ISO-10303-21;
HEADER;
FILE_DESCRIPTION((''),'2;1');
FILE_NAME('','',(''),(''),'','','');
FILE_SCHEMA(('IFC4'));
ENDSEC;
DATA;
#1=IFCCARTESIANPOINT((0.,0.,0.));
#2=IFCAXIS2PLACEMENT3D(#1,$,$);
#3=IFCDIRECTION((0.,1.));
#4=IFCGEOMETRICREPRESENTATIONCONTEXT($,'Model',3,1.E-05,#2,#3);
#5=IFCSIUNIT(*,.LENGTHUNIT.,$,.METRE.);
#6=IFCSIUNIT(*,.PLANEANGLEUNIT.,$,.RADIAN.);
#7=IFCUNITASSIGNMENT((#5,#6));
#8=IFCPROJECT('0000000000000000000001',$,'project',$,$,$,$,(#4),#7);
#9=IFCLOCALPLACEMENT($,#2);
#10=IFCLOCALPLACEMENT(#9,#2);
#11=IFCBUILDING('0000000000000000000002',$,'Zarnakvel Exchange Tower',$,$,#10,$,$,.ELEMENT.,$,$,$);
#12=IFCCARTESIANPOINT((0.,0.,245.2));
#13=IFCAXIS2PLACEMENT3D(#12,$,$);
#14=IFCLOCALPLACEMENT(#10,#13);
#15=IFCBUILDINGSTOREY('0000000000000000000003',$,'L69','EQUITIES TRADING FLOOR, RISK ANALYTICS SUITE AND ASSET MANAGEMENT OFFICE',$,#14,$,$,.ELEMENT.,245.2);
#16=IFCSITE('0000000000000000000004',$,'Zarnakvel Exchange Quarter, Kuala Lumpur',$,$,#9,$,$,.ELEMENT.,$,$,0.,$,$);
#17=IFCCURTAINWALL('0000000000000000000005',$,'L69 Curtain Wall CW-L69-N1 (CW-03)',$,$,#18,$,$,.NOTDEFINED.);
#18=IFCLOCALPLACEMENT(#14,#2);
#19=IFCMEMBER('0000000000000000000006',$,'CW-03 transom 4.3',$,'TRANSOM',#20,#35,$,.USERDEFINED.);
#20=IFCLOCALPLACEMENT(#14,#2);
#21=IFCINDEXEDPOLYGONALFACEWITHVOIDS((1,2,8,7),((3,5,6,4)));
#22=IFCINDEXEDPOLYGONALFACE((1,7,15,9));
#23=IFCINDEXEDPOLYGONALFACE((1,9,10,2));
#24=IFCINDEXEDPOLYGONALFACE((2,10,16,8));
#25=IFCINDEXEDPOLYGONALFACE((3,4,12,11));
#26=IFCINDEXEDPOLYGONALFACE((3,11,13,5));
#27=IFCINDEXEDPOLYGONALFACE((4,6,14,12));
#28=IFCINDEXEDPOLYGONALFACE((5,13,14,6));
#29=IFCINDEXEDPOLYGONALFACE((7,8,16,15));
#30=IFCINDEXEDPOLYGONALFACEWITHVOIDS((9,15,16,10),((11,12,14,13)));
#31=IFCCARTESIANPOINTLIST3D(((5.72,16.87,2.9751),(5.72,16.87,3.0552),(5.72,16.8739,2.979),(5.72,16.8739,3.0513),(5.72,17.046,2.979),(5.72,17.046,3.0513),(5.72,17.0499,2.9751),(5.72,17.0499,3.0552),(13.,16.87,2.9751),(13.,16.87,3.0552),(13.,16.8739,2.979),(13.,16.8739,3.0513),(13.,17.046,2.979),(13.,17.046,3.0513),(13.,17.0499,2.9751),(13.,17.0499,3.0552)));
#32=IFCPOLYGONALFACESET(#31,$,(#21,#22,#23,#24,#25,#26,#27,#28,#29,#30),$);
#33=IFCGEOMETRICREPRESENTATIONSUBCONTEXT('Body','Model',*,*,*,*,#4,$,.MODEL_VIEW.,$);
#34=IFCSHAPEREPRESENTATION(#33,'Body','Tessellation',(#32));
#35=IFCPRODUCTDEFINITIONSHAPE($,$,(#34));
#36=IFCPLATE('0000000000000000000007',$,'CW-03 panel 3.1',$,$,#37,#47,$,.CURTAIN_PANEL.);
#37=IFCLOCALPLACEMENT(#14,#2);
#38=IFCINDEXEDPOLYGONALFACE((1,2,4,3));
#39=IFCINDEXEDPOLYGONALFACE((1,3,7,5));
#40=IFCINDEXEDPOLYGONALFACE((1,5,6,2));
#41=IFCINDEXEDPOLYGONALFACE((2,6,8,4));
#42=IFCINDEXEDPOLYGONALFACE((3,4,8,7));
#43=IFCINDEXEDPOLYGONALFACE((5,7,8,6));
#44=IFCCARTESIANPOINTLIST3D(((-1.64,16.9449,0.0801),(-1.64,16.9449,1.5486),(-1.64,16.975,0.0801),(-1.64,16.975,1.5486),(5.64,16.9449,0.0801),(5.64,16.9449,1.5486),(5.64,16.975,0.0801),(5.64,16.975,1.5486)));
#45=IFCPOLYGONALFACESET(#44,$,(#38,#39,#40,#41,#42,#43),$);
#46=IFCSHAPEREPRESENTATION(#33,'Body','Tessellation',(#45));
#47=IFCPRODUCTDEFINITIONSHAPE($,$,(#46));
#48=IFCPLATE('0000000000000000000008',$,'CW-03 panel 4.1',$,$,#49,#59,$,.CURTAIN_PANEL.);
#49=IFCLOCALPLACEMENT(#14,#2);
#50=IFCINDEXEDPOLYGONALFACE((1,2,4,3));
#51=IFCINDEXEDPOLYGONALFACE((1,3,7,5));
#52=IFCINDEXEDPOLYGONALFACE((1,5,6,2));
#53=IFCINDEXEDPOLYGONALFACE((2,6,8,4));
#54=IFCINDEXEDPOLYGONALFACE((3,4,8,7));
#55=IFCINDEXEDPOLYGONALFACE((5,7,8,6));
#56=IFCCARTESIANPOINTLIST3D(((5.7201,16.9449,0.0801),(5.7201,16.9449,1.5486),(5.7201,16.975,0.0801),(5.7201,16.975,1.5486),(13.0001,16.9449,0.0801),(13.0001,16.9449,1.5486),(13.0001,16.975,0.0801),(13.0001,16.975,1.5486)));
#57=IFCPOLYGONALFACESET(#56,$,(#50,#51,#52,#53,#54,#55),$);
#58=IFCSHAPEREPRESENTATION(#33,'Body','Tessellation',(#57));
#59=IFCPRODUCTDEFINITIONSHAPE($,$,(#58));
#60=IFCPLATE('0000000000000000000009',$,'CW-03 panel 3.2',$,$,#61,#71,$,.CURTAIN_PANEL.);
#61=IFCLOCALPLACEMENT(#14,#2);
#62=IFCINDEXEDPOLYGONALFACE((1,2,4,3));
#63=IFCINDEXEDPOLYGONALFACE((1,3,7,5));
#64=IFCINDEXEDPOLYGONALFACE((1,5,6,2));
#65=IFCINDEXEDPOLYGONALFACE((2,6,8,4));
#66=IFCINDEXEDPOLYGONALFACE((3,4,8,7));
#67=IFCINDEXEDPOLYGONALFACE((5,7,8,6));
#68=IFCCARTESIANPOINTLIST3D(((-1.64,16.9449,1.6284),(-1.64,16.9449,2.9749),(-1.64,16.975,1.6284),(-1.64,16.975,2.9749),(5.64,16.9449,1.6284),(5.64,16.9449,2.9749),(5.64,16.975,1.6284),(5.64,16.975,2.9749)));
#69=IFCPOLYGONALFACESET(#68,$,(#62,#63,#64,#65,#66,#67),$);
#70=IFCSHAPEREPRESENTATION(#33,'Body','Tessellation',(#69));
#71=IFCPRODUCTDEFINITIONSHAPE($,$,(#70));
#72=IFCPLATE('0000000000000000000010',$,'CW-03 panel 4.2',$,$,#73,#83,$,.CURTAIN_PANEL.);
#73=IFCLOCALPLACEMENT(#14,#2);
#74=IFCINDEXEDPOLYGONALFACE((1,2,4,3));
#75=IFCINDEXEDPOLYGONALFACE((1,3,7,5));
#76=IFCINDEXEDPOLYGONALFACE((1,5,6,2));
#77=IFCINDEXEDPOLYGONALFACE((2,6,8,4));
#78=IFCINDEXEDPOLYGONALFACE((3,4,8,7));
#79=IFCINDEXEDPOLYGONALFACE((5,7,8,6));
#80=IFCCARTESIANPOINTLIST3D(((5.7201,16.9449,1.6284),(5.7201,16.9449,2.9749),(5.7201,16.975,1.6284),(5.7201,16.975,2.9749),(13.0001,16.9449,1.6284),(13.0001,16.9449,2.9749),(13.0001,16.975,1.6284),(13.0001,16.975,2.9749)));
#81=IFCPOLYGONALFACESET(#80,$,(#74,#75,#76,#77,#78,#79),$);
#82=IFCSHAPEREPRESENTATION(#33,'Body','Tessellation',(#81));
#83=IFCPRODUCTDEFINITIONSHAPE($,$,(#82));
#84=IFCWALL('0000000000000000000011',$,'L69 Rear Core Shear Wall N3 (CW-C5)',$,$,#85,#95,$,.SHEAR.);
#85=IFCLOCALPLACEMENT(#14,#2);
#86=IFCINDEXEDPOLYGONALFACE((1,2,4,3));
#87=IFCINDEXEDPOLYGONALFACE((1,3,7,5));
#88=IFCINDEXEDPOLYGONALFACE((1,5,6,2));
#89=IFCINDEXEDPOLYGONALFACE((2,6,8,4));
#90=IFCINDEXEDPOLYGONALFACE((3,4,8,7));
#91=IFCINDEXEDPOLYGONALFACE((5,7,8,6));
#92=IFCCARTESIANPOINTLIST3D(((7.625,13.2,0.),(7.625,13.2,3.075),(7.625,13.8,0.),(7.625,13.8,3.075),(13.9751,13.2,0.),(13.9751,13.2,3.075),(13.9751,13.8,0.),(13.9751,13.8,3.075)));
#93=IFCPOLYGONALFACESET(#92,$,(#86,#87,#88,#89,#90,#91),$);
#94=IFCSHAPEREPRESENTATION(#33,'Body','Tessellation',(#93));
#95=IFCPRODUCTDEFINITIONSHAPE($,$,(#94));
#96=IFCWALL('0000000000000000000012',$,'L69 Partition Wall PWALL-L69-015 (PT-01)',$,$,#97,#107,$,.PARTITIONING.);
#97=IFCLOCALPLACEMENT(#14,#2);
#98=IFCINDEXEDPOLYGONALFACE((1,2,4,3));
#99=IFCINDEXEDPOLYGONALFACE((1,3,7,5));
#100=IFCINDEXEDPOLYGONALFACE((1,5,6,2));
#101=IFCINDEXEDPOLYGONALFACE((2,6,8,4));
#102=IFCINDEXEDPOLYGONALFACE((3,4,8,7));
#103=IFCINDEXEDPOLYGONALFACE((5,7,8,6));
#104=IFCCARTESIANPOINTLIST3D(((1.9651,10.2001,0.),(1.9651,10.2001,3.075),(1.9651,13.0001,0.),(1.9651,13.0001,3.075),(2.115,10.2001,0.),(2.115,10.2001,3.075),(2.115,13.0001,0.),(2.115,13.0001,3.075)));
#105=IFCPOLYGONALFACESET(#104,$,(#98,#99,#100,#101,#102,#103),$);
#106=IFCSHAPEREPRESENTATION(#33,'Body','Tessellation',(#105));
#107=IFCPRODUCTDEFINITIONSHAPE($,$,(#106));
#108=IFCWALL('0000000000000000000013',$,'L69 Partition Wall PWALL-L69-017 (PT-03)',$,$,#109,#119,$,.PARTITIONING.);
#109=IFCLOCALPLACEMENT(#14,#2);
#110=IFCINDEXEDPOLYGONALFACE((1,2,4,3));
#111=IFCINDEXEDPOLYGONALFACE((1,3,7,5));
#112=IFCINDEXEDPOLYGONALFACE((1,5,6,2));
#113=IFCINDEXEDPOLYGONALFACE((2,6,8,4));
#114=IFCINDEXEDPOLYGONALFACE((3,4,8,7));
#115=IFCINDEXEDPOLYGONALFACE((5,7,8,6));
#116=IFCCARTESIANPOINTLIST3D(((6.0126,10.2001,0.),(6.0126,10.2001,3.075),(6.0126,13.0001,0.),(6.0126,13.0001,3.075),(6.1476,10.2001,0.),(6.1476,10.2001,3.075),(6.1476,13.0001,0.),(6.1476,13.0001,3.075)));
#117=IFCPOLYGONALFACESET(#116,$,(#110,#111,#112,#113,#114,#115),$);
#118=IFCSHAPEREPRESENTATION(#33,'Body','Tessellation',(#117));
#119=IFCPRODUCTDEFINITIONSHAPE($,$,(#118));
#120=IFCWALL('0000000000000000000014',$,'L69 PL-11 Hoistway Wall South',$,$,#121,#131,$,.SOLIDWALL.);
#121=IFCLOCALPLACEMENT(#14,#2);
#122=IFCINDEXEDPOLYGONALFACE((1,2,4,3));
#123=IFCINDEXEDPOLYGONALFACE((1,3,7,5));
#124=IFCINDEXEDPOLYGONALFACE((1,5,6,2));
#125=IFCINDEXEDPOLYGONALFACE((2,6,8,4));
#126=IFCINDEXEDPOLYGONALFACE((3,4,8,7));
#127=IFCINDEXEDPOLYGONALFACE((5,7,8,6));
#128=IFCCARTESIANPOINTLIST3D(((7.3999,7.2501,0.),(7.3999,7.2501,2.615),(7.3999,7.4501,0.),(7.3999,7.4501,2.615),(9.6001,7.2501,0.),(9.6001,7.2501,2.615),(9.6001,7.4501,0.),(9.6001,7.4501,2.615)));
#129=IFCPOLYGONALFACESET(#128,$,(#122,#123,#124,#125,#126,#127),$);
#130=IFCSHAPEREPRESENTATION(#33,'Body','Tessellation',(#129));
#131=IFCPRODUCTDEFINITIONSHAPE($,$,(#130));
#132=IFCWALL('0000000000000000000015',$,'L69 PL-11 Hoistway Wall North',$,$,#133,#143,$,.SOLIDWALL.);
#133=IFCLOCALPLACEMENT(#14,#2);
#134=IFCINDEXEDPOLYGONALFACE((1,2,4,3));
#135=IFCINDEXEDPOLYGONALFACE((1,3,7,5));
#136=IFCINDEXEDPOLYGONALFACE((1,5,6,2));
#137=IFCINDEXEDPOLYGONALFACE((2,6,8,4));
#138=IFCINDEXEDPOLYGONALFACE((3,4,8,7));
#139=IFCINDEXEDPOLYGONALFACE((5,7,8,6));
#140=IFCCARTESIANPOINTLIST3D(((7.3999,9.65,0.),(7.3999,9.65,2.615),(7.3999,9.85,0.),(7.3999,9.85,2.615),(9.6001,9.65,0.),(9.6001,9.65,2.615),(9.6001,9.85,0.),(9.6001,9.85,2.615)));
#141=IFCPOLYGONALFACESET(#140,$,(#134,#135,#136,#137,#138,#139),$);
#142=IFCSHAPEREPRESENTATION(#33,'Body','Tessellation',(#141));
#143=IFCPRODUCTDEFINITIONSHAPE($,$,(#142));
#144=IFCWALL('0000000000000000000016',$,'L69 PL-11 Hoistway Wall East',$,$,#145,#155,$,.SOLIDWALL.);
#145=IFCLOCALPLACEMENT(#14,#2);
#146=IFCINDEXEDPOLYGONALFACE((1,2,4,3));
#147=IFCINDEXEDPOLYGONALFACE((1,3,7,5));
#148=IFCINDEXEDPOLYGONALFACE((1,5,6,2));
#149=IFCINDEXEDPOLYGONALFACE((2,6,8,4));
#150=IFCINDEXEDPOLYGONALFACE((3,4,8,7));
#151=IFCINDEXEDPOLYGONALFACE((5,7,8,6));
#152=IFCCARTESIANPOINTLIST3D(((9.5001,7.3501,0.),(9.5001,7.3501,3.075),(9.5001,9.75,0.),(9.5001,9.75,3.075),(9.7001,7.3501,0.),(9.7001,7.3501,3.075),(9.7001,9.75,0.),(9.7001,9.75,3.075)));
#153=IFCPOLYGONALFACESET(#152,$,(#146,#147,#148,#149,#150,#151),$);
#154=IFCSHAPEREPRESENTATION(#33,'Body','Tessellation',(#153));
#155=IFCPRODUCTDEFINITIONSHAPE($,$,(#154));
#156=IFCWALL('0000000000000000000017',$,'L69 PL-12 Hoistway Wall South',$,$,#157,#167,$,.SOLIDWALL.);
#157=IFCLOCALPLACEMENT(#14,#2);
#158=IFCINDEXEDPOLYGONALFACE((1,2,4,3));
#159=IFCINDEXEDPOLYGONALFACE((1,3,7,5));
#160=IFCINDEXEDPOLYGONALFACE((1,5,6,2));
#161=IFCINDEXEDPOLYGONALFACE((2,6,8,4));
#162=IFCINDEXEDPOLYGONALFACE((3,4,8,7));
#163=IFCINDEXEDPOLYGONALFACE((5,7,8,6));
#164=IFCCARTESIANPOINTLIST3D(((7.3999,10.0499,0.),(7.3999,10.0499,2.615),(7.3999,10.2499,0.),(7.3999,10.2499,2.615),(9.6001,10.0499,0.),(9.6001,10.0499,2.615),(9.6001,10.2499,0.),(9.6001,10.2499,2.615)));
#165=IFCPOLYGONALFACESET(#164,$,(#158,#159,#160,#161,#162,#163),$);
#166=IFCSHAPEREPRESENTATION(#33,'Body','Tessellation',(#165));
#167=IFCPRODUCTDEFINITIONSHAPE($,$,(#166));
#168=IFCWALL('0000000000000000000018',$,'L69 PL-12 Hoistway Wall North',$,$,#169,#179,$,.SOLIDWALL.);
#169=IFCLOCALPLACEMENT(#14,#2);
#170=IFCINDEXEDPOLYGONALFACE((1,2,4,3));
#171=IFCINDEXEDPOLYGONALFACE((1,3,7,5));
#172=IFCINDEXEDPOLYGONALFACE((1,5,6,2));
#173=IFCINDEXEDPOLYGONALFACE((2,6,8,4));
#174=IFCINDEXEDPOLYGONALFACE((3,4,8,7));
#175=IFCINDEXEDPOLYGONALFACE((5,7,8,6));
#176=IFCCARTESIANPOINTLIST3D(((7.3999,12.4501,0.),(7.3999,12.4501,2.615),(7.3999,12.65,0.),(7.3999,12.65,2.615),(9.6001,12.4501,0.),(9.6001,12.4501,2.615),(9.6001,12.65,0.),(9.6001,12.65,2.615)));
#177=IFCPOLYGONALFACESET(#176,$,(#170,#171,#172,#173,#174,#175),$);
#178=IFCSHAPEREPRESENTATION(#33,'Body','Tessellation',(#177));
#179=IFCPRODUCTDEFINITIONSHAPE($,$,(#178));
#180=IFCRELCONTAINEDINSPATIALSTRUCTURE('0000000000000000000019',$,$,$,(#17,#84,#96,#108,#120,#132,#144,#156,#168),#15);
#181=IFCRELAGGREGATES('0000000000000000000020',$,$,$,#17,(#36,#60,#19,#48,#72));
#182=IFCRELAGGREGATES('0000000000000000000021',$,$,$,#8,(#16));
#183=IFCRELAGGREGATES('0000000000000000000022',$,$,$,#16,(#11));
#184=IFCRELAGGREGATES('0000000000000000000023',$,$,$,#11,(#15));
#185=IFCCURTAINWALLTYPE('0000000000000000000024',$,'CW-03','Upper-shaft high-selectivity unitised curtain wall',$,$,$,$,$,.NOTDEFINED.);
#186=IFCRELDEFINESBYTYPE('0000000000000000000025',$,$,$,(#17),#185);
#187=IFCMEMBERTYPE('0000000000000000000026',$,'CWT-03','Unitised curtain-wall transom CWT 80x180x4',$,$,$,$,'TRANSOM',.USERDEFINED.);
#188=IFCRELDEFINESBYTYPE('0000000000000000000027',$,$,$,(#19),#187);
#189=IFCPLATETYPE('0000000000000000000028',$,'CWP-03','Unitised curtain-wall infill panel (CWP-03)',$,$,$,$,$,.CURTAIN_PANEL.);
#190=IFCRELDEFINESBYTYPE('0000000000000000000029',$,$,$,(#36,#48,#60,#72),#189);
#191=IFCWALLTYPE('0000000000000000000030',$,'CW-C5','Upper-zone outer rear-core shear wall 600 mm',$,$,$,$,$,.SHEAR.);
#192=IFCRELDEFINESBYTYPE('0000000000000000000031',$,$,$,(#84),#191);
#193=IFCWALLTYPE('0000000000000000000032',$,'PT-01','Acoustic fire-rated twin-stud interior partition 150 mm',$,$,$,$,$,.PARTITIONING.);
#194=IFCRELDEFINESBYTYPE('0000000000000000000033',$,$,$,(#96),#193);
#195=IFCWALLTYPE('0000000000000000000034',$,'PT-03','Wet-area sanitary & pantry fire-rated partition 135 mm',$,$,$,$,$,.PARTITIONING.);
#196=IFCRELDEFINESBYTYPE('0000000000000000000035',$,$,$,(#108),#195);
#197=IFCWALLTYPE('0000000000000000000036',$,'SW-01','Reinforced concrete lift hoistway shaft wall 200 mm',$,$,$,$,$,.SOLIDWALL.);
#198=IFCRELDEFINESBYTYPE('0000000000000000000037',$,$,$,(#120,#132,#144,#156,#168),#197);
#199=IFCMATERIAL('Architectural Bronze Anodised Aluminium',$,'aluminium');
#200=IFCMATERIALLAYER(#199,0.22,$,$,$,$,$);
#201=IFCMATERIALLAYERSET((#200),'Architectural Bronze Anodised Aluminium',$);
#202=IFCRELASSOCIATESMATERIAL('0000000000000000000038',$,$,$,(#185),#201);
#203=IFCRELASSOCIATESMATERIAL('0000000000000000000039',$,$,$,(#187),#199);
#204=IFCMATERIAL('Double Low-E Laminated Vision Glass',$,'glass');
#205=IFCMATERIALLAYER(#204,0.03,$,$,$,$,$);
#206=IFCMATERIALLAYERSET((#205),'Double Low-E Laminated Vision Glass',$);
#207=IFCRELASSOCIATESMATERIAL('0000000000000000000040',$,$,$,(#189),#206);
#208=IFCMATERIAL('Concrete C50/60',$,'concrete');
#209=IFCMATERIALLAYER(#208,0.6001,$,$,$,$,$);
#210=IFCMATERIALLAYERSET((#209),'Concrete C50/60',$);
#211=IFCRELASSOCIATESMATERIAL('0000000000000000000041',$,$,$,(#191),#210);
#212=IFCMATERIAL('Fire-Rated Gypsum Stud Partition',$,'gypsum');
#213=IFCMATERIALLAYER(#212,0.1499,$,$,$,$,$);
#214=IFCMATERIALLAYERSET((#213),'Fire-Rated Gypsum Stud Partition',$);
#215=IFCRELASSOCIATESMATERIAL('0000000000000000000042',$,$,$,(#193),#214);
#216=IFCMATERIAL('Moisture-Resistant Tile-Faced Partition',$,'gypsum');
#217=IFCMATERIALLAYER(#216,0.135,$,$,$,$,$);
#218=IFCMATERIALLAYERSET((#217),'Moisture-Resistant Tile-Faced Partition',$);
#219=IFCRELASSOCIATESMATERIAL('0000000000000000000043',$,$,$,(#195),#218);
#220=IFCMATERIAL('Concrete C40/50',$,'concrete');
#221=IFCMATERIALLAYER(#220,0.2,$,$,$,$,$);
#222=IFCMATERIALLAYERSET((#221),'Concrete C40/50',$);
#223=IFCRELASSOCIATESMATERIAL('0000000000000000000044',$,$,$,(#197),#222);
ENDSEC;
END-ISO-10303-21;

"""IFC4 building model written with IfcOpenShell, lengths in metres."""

from ifc_helpers import new_model, si_unit, direction, frame, frame_2d, origin, origin_2d, place, context, subcontext, project, spatial, rectangle, hollow_rectangle, extrude, source, transform, mapped, material, layer, layer_set, material_profile, profile_set, type_object, element, aggregate, save


model = new_model("IFC4")

# Units and contexts
model_context = context("Model", 3, precision=1e-05, world=origin(), true_north=direction((0.0, 1.0)))
body_context = subcontext(model_context, "Body", "Model", "MODEL_VIEW")
ifc_project = project(units=[si_unit("LENGTHUNIT", "METRE"), si_unit("PLANEANGLEUNIT", "RADIAN")], contexts=[model_context])

# Site, building, storey
site_placement = place(None, origin())
site = spatial("IfcSite", under=ifc_project, at=site_placement, Name="Zarnakvel Exchange Quarter, Kuala Lumpur", CompositionType="ELEMENT", RefElevation=0.0)
building_placement = place(site_placement, origin())
building = spatial("IfcBuilding", under=site, at=building_placement, Name="Zarnakvel Exchange Tower", CompositionType="ELEMENT")
storey_placement = place(building_placement, frame((0.0, 0.0, 245.2)))
storey = spatial("IfcBuildingStorey", under=building, at=storey_placement, Name="L69", Description="EQUITIES TRADING FLOOR, RISK ANALYTICS SUITE AND ASSET MANAGEMENT OFFICE", CompositionType="ELEMENT", Elevation=245.2)

# Shared definitions
ifc_material_1 = material(Name="Concrete C50/60", Category="concrete")

# Curtain wall, member, plates
ifc_material_2 = material(Name="Architectural Bronze Anodised Aluminium", Category="aluminium")
ifc_layer_1 = layer(ifc_material_2, 0.22)
ifc_layer_set_1 = layer_set([ifc_layer_1], Name="Architectural Bronze Anodised Aluminium")
curtain_wall_type = type_object("IfcCurtainWallType", Name="CW-03", Description="Upper-shaft high-selectivity unitised curtain wall", PredefinedType="NOTDEFINED", material=ifc_layer_set_1)
curtain_wall_placement = place(storey_placement, origin())
curtain_wall = element("IfcCurtainWall", 1, at=curtain_wall_placement, inside=storey, type_object=curtain_wall_type, Name="L69 Curtain Wall CW-L69-N1 (CW-03)", PredefinedType="NOTDEFINED")
ifc_material_profile_1 = material_profile(ifc_material_2, hollow_rectangle(XDim=0.1799, YDim=0.0801, WallThickness=0.0039, at=origin_2d()))
ifc_profile_set_1 = profile_set([ifc_material_profile_1], Name="Architectural Bronze Anodised Aluminium")
member_type_1 = type_object("IfcMemberType", Name="CWT-03", Description="Unitised curtain-wall transom CWT 80x180x4", ElementType="TRANSOM", PredefinedType="USERDEFINED", material=ifc_profile_set_1)
shared_shape_1 = source(origin(), body_context, "Body", "SweptSolid", [
    extrude(hollow_rectangle(XDim=0.1799, YDim=0.0801, WallThickness=0.0039, at=origin_2d()), origin(), (0.0, 0.0, 1.0), 7.28),
])
member_1_placement = place(storey_placement, frame((5.72, 16.96, 3.0151), z_axis=(1.0, 0.0, 0.0), x_axis=(0.0, 1.0, 0.0)))
member_1 = element("IfcMember", 2, at=member_1_placement, type_object=member_type_1, Name="CW-03 transom 4.3", ObjectType="TRANSOM", PredefinedType="USERDEFINED", context=body_context, shape_type="MappedRepresentation", body=[
    mapped(shared_shape_1, transform((0.0, 0.0, 0.0), x_axis=(1.0, 0.0, 0.0), y_axis=(0.0, 1.0, 0.0), z_axis=(0.0, 0.0, 1.0), scale=1.0)),
])
ifc_material_3 = material(Name="Double Low-E Laminated Vision Glass", Category="glass")
ifc_layer_2 = layer(ifc_material_3, 0.03)
ifc_layer_set_2 = layer_set([ifc_layer_2], Name="Double Low-E Laminated Vision Glass")
plate_type = type_object("IfcPlateType", Name="CWP-03", Description="Unitised curtain-wall infill panel (CWP-03)", PredefinedType="CURTAIN_PANEL", material=ifc_layer_set_2)
shared_shape_2 = source(origin(), body_context, "Body", "SweptSolid", [
    extrude(rectangle(XDim=7.28, YDim=0.03, at=origin_2d()), origin(), (0.0, 0.0, 1.0), 1.4685),
])
plate_1_placement = place(storey_placement, frame((2.0, 16.96, 0.0801), z_axis=(0.0, 0.0, 1.0), x_axis=(1.0, 0.0, 0.0)))
plate_1 = element("IfcPlate", 3, at=plate_1_placement, type_object=plate_type, Name="CW-03 panel 3.1", PredefinedType="CURTAIN_PANEL", context=body_context, shape_type="MappedRepresentation", body=[
    mapped(shared_shape_2, transform((0.0, 0.0, 0.0), x_axis=(1.0, 0.0, 0.0), y_axis=(0.0, 1.0, 0.0), z_axis=(0.0, 0.0, 1.0), scale=1.0)),
])
plate_2_placement = place(storey_placement, frame((9.3601, 16.96, 0.0801), z_axis=(0.0, 0.0, 1.0), x_axis=(1.0, 0.0, 0.0)))
plate_2 = element("IfcPlate", 4, at=plate_2_placement, type_object=plate_type, Name="CW-03 panel 4.1", PredefinedType="CURTAIN_PANEL", context=body_context, shape_type="MappedRepresentation", body=[
    mapped(shared_shape_2, transform((0.0, 0.0, 0.0), x_axis=(1.0, 0.0, 0.0), y_axis=(0.0, 1.0, 0.0), z_axis=(0.0, 0.0, 1.0), scale=1.0)),
])
shared_shape_3 = source(origin(), body_context, "Body", "SweptSolid", [
    extrude(rectangle(XDim=7.28, YDim=0.03, at=origin_2d()), origin(), (0.0, 0.0, 1.0), 1.3464),
])
plate_3_placement = place(storey_placement, frame((2.0, 16.96, 1.6284), z_axis=(0.0, 0.0, 1.0), x_axis=(1.0, 0.0, 0.0)))
plate_3 = element("IfcPlate", 5, at=plate_3_placement, type_object=plate_type, Name="CW-03 panel 3.2", PredefinedType="CURTAIN_PANEL", context=body_context, shape_type="MappedRepresentation", body=[
    mapped(shared_shape_3, transform((0.0, 0.0, 0.0), x_axis=(1.0, 0.0, 0.0), y_axis=(0.0, 1.0, 0.0), z_axis=(0.0, 0.0, 1.0), scale=1.0)),
])
plate_4_placement = place(storey_placement, frame((9.3601, 16.96, 1.6284), z_axis=(0.0, 0.0, 1.0), x_axis=(1.0, 0.0, 0.0)))
plate_4 = element("IfcPlate", 6, at=plate_4_placement, type_object=plate_type, Name="CW-03 panel 4.2", PredefinedType="CURTAIN_PANEL", context=body_context, shape_type="MappedRepresentation", body=[
    mapped(shared_shape_3, transform((0.0, 0.0, 0.0), x_axis=(1.0, 0.0, 0.0), y_axis=(0.0, 1.0, 0.0), z_axis=(0.0, 0.0, 1.0), scale=1.0)),
])
aggregate(curtain_wall, [plate_1, plate_3, member_1, plate_2, plate_4])

# Wall
ifc_layer_3 = layer(ifc_material_1, 0.6001)
ifc_layer_set_3 = layer_set([ifc_layer_3], Name="Concrete C50/60")
wall_type_1 = type_object("IfcWallType", Name="CW-C5", Description="Upper-zone outer rear-core shear wall 600 mm", PredefinedType="SHEAR", material=ifc_layer_set_3)
wall_1_placement = place(storey_placement, frame((7.625, 13.5, 0.0), z_axis=(0.0, 0.0, 1.0), x_axis=(1.0, 0.0, 0.0)))
element("IfcWall", 7, at=wall_1_placement, inside=storey, type_object=wall_type_1, Name="L69 Rear Core Shear Wall N3 (CW-C5)", PredefinedType="SHEAR", context=body_context, shape_type="SweptSolid", body=[
    extrude(rectangle(XDim=6.3501, YDim=0.6001, at=frame_2d((3.175, 0.0))), origin(), (0.0, 0.0, 1.0), 3.075),
])

# Shared definitions
ifc_material_4 = material(Name="Fire-Rated Gypsum Stud Partition", Category="gypsum")
ifc_layer_4 = layer(ifc_material_4, 0.1499)
ifc_layer_set_4 = layer_set([ifc_layer_4], Name="Fire-Rated Gypsum Stud Partition")
wall_type_2 = type_object("IfcWallType", Name="PT-01", Description="Acoustic fire-rated twin-stud interior partition 150 mm", PredefinedType="PARTITIONING", material=ifc_layer_set_4)

# Wall
wall_2_placement = place(storey_placement, frame((2.04, 13.0, 0.0), z_axis=(0.0, 0.0, 1.0), x_axis=(0.0, -1.0, 0.0)))
element("IfcWall", 8, at=wall_2_placement, inside=storey, type_object=wall_type_2, Name="L69 Partition Wall PWALL-L69-015 (PT-01)", PredefinedType="PARTITIONING", context=body_context, shape_type="SweptSolid", body=[
    extrude(rectangle(XDim=2.8, YDim=0.1499, at=frame_2d((1.3999, 0.0))), origin(), (0.0, 0.0, 1.0), 3.075),
])

# Shared definitions
ifc_material_5 = material(Name="Moisture-Resistant Tile-Faced Partition", Category="gypsum")
ifc_layer_5 = layer(ifc_material_5, 0.135)
ifc_layer_set_5 = layer_set([ifc_layer_5], Name="Moisture-Resistant Tile-Faced Partition")
wall_type_3 = type_object("IfcWallType", Name="PT-03", Description="Wet-area sanitary & pantry fire-rated partition 135 mm", PredefinedType="PARTITIONING", material=ifc_layer_set_5)

# Walls
wall_3_placement = place(storey_placement, frame((6.0801, 13.0, 0.0), z_axis=(0.0, 0.0, 1.0), x_axis=(0.0, -1.0, 0.0)))
element("IfcWall", 9, at=wall_3_placement, inside=storey, type_object=wall_type_3, Name="L69 Partition Wall PWALL-L69-017 (PT-03)", PredefinedType="PARTITIONING", context=body_context, shape_type="SweptSolid", body=[
    extrude(rectangle(XDim=2.8, YDim=0.135, at=frame_2d((1.3999, 0.0))), origin(), (0.0, 0.0, 1.0), 3.075),
])
ifc_material_6 = material(Name="Concrete C40/50", Category="concrete")
ifc_layer_6 = layer(ifc_material_6, 0.2)
ifc_layer_set_6 = layer_set([ifc_layer_6], Name="Concrete C40/50")
wall_type_4 = type_object("IfcWallType", Name="SW-01", Description="Reinforced concrete lift hoistway shaft wall 200 mm", PredefinedType="SOLIDWALL", material=ifc_layer_set_6)
for number, where, z_axis, x_axis, name in (
    (10, (9.6001, 7.3501, 0.0), (0.0, 0.0, 1.0), (-1.0, 0.0, 0.0), "L69 PL-11 Hoistway Wall South"),
    (11, (7.3999, 9.75, 0.0), (0.0, 0.0, 1.0), (1.0, 0.0, 0.0), "L69 PL-11 Hoistway Wall North"),
):
    element("IfcWall", number, at=place(storey_placement, frame(where, z_axis=z_axis, x_axis=x_axis)), inside=storey, type_object=wall_type_4, Name=name, PredefinedType="SOLIDWALL", context=body_context, shape_type="SweptSolid", body=[
        extrude(rectangle(XDim=2.2002, YDim=0.2, at=frame_2d((1.1001, 0.0))), origin(), (0.0, 0.0, 1.0), 2.615),
    ])
wall_4_placement = place(storey_placement, frame((9.6001, 9.75, 0.0), z_axis=(0.0, 0.0, 1.0), x_axis=(0.0, -1.0, 0.0)))
element("IfcWall", 12, at=wall_4_placement, inside=storey, type_object=wall_type_4, Name="L69 PL-11 Hoistway Wall East", PredefinedType="SOLIDWALL", context=body_context, shape_type="SweptSolid", body=[
    extrude(rectangle(XDim=2.3999, YDim=0.2, at=frame_2d((1.2, 0.0))), origin(), (0.0, 0.0, 1.0), 3.075),
])
for number, where, z_axis, x_axis, name in (
    (13, (9.6001, 10.1499, 0.0), (0.0, 0.0, 1.0), (-1.0, 0.0, 0.0), "L69 PL-12 Hoistway Wall South"),
    (14, (7.3999, 12.55, 0.0), (0.0, 0.0, 1.0), (1.0, 0.0, 0.0), "L69 PL-12 Hoistway Wall North"),
):
    element("IfcWall", number, at=place(storey_placement, frame(where, z_axis=z_axis, x_axis=x_axis)), inside=storey, type_object=wall_type_4, Name=name, PredefinedType="SOLIDWALL", context=body_context, shape_type="SweptSolid", body=[
        extrude(rectangle(XDim=2.2002, YDim=0.2, at=frame_2d((1.1001, 0.0))), origin(), (0.0, 0.0, 1.0), 2.615),
    ])

save(model, "model.ifc")
